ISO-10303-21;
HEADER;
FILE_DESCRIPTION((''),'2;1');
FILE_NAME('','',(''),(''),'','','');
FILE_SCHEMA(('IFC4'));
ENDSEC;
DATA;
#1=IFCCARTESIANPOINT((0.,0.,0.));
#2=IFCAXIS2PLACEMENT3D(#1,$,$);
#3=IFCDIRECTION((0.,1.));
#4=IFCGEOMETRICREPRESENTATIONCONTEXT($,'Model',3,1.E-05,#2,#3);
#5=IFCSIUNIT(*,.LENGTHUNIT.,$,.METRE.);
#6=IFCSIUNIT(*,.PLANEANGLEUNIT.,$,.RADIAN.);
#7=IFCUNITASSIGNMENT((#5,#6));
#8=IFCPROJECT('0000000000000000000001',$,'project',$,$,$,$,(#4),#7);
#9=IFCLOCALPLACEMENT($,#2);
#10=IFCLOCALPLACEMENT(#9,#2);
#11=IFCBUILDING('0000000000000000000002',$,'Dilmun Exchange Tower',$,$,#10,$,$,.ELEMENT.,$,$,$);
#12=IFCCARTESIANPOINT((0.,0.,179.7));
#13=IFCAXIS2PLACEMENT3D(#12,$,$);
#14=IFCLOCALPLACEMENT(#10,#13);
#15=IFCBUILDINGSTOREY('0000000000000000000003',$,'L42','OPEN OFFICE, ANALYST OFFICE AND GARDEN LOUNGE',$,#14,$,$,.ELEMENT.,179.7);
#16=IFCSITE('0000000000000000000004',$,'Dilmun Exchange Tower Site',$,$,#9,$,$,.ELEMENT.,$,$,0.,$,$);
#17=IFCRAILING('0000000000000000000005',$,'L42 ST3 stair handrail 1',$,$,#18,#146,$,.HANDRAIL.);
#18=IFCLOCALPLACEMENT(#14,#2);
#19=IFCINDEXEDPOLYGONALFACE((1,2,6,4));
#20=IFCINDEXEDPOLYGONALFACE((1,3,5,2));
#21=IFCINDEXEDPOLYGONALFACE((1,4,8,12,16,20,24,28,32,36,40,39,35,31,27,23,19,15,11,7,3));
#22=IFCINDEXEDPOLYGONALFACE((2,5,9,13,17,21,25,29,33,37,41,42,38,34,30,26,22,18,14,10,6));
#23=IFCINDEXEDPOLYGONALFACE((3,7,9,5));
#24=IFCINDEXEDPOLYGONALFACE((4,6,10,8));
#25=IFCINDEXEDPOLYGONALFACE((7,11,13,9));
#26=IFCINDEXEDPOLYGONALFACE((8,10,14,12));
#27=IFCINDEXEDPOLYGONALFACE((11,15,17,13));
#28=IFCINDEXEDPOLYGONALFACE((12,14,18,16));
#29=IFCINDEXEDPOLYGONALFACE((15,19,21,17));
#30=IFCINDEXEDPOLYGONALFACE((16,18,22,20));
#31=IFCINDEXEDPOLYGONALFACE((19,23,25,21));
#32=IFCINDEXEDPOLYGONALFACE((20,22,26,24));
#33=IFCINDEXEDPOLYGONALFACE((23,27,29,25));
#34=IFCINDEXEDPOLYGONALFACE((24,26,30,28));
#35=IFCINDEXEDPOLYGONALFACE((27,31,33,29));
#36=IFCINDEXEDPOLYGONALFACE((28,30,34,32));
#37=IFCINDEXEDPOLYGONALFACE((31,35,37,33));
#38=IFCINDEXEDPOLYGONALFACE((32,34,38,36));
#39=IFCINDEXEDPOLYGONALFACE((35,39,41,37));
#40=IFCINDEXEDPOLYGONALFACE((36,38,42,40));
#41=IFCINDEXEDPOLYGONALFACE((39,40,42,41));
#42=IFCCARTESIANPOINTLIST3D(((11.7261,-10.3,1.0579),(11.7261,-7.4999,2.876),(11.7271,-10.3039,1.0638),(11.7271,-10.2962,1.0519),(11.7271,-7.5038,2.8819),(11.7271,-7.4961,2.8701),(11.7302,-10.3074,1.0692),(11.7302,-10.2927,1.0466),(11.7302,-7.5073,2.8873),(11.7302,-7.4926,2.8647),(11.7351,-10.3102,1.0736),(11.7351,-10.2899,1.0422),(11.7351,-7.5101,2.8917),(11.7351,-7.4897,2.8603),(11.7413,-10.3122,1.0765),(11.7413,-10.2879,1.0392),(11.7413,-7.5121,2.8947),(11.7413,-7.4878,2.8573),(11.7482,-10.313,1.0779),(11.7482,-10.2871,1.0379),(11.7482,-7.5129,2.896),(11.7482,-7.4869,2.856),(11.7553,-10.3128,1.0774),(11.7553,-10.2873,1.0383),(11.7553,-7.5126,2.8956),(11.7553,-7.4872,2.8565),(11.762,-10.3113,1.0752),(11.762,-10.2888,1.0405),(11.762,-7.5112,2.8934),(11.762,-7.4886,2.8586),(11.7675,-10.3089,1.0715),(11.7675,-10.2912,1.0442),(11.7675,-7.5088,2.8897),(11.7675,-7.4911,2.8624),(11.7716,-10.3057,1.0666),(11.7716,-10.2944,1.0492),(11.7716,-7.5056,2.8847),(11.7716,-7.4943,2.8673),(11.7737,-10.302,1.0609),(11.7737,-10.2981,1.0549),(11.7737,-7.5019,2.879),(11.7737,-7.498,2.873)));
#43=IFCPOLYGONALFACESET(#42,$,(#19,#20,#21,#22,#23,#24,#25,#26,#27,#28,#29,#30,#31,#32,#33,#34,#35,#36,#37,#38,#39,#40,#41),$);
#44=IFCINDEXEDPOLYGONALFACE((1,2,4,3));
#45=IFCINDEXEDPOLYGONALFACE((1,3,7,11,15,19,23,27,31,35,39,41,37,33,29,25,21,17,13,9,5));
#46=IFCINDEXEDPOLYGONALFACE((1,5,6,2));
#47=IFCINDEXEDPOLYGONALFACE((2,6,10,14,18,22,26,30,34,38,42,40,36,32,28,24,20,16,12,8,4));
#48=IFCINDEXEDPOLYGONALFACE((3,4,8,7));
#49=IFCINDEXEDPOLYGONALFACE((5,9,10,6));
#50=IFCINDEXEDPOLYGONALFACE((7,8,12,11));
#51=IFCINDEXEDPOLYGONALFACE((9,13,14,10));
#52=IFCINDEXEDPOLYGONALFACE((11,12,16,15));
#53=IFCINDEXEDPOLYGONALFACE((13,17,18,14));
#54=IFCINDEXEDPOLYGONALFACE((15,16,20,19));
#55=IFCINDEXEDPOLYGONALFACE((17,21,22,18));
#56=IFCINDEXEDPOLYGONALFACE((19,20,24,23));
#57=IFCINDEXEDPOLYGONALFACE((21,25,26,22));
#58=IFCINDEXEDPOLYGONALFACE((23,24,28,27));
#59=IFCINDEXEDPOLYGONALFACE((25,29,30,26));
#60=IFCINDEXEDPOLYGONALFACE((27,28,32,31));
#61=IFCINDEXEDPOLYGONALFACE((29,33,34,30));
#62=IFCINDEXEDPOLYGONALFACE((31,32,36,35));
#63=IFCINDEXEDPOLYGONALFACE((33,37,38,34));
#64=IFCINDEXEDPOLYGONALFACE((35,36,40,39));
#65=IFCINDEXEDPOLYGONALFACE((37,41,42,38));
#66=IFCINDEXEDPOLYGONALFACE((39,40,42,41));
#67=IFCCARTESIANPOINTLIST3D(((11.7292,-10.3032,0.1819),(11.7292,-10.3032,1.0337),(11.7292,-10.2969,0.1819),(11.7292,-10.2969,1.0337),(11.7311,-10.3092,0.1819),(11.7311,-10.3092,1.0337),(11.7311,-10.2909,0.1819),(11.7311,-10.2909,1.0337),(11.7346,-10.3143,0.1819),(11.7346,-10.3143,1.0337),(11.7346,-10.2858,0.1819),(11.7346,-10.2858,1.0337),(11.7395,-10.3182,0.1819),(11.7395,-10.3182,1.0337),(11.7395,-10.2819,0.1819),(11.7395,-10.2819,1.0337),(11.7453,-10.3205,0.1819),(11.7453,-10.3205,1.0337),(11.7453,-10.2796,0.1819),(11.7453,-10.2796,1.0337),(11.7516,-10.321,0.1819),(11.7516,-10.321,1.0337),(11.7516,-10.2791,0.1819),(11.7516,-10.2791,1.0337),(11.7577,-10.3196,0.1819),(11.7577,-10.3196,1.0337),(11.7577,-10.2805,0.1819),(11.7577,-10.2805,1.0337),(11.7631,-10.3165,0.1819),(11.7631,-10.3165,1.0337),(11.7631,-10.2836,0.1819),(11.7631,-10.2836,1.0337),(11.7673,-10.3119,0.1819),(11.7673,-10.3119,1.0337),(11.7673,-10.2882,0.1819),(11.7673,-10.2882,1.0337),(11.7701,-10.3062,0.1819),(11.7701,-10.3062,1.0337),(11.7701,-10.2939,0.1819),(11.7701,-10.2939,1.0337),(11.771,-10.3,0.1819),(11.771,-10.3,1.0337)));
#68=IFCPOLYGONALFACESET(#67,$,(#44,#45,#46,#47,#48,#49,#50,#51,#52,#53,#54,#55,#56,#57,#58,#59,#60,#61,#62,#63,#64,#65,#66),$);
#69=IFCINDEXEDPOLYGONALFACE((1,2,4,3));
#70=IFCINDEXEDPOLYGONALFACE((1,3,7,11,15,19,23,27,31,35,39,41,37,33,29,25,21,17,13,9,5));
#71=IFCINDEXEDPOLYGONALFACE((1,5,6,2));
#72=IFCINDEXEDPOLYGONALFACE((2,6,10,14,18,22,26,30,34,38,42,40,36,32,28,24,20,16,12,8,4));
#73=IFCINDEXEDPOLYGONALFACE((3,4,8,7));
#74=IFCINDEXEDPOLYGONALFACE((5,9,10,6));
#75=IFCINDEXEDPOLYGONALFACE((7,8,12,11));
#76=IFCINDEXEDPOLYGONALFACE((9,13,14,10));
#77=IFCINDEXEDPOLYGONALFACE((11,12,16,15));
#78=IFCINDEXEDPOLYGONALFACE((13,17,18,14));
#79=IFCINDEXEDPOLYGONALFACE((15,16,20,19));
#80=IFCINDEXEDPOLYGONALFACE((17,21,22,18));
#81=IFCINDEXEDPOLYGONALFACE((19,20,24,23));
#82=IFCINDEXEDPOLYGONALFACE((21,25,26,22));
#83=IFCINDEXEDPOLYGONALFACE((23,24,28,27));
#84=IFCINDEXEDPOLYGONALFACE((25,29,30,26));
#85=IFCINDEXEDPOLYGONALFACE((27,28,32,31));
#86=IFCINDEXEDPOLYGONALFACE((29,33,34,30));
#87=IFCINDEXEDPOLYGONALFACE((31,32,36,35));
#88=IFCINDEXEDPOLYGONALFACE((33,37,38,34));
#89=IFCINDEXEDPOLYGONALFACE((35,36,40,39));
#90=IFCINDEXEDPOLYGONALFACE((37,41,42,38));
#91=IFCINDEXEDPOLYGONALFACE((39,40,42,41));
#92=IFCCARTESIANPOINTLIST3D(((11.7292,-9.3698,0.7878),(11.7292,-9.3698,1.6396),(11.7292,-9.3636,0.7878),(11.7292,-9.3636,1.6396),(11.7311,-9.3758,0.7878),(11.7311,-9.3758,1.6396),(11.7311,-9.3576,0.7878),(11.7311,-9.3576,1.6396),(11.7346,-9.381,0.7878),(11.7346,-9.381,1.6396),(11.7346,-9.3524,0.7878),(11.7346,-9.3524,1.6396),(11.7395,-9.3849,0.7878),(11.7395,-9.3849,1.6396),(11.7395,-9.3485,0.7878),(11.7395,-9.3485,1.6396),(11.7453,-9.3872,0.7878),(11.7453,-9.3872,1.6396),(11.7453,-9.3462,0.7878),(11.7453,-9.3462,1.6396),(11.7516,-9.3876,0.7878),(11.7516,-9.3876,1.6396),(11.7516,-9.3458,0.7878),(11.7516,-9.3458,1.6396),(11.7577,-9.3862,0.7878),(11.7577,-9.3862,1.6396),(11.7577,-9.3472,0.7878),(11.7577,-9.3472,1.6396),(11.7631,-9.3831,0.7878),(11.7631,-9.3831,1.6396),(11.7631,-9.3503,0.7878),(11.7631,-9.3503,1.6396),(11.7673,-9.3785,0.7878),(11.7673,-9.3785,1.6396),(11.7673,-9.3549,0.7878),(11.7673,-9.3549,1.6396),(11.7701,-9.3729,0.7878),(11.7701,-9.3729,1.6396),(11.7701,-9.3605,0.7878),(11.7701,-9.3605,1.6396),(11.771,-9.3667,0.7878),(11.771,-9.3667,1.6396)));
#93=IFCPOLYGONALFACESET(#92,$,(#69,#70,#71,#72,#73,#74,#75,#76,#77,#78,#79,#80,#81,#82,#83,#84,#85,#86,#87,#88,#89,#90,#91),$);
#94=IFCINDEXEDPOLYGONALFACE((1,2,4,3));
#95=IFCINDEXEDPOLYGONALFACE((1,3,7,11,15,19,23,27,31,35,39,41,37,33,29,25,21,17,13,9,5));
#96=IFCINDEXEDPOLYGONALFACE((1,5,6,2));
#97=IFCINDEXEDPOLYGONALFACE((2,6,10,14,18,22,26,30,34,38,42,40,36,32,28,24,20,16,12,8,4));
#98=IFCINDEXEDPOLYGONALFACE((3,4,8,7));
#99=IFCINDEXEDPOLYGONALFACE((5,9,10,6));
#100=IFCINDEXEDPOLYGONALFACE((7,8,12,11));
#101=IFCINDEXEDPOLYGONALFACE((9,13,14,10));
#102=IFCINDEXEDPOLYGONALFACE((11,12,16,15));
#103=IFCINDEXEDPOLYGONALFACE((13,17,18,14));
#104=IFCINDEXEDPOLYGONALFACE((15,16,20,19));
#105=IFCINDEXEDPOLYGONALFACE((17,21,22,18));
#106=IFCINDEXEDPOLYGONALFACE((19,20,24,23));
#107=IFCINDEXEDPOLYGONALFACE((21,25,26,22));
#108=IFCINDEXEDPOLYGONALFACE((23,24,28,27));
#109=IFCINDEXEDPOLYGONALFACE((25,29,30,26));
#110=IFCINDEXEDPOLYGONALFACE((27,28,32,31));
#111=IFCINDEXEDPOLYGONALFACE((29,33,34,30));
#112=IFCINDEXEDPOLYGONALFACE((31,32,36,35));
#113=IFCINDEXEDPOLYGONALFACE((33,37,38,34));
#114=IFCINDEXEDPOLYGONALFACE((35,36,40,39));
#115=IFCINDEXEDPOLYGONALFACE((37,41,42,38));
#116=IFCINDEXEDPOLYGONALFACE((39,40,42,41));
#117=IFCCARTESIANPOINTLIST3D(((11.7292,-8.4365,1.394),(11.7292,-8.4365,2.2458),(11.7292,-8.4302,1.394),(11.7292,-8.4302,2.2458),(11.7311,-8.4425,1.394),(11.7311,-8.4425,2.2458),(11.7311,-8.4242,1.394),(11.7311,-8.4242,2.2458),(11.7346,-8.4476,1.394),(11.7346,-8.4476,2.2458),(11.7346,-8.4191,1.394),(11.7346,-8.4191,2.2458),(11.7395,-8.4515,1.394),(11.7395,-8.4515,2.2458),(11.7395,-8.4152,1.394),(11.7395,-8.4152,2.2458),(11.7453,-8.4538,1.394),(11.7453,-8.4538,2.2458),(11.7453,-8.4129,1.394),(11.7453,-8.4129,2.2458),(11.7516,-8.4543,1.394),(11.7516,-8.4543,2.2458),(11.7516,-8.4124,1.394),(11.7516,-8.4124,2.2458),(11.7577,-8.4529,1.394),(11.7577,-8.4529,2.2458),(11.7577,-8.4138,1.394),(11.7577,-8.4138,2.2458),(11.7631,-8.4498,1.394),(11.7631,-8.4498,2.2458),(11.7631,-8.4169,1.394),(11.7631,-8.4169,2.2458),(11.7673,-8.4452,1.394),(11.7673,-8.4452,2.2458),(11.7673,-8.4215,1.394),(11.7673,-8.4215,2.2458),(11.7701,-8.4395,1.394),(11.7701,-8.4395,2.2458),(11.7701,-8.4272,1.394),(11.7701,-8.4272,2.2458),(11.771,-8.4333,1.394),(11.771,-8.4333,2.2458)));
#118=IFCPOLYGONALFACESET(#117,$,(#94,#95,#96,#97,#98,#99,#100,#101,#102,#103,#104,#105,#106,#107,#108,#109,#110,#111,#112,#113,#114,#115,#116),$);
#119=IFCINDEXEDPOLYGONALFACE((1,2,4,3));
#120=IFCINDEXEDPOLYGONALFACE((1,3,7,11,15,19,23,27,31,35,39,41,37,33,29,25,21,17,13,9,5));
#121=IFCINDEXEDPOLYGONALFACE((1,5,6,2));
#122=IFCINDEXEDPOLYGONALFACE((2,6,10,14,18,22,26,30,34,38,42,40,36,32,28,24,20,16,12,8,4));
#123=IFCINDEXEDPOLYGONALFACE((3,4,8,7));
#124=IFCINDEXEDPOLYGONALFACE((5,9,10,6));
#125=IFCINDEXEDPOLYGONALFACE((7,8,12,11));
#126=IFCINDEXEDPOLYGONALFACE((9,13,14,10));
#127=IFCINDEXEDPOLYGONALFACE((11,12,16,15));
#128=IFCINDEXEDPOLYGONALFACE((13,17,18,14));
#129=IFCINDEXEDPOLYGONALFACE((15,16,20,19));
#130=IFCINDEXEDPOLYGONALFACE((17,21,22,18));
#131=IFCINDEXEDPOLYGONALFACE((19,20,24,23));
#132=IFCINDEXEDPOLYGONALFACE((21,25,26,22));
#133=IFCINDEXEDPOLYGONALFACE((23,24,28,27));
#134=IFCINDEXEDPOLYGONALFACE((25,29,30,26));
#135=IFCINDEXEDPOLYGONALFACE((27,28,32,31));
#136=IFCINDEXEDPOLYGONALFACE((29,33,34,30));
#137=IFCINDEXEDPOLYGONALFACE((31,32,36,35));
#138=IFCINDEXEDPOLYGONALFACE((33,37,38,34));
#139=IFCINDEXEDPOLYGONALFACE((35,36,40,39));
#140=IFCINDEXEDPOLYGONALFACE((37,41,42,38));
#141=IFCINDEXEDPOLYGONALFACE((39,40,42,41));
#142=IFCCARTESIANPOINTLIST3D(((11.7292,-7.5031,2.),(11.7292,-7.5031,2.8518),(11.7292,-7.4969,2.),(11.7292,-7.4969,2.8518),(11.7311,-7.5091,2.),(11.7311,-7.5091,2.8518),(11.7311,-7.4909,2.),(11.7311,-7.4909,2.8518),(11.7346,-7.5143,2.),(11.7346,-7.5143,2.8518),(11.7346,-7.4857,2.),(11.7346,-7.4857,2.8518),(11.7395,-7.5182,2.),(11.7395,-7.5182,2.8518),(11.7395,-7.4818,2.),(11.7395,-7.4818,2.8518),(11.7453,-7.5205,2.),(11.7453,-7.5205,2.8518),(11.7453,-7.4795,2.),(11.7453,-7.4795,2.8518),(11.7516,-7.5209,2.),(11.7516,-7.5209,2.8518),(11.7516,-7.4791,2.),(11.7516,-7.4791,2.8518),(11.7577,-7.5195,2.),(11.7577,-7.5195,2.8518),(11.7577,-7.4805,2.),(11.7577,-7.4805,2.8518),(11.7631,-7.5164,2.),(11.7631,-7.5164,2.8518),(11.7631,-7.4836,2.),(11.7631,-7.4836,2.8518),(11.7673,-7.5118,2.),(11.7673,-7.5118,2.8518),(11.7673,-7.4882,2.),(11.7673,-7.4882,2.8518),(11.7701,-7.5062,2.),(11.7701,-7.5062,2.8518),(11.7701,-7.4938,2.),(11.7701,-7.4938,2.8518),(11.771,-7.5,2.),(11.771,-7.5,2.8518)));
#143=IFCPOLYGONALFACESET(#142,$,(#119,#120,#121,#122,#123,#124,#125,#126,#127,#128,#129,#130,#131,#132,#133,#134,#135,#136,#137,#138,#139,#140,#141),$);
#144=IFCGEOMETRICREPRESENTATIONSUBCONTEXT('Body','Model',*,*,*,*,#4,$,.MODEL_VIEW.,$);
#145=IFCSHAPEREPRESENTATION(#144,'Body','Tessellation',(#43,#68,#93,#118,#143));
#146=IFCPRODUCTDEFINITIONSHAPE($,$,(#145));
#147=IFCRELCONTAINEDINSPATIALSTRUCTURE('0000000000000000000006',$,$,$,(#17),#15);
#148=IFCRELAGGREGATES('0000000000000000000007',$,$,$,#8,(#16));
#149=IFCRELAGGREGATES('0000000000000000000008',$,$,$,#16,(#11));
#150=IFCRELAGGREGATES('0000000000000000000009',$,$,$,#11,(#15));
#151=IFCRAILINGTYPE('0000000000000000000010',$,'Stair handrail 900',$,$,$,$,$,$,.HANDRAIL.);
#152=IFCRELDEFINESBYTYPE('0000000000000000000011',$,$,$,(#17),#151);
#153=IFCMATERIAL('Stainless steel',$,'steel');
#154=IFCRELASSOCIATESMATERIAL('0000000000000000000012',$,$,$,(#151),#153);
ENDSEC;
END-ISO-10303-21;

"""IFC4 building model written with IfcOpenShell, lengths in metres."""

from ifc_helpers import new_model, si_unit, direction, frame, origin, origin_2d, place, context, subcontext, project, spatial, circle, extrude, material, type_object, element, save


model = new_model("IFC4")

# Units and contexts
model_context = context("Model", 3, precision=1e-05, world=origin(), true_north=direction((0.0, 1.0)))
body_context = subcontext(model_context, "Body", "Model", "MODEL_VIEW")
ifc_project = project(units=[si_unit("LENGTHUNIT", "METRE"), si_unit("PLANEANGLEUNIT", "RADIAN")], contexts=[model_context])

# Site, building, storey
site_placement = place(None, origin())
site = spatial("IfcSite", under=ifc_project, at=site_placement, Name="Dilmun Exchange Tower Site", CompositionType="ELEMENT", RefElevation=0.0)
building_placement = place(site_placement, origin())
building = spatial("IfcBuilding", under=site, at=building_placement, Name="Dilmun Exchange Tower", CompositionType="ELEMENT")
storey_placement = place(building_placement, frame((0.0, 0.0, 179.7)))
storey = spatial("IfcBuildingStorey", under=building, at=storey_placement, Name="L42", Description="OPEN OFFICE, ANALYST OFFICE AND GARDEN LOUNGE", CompositionType="ELEMENT", Elevation=179.7)

# Railing
ifc_material_1 = material(Name="Stainless steel", Category="steel")
railing_type = type_object("IfcRailingType", Name="Stair handrail 900", PredefinedType="HANDRAIL", material=ifc_material_1)
railing_placement = place(storey_placement, frame((11.75, -10.3, 0.1819)))
element("IfcRailing", 1, at=railing_placement, inside=storey, type_object=railing_type, Name="L42 ST3 stair handrail 1", PredefinedType="HANDRAIL", context=body_context, shape_type="SweptSolid", body=[
    extrude(circle(Radius=0.0239, at=origin_2d()), frame((0.0, 0.0, 0.876), z_axis=(0.0, 0.838706, 0.544585), x_axis=(-1.0, 0.0, 0.0)), (0.0, 0.0, 1.0), 3.3386),
    extrude(circle(Radius=0.021, at=origin_2d()), origin(), (0.0, 0.0, 1.0), 0.8518),
    extrude(circle(Radius=0.021, at=origin_2d()), frame((0.0, 0.9333, 0.606)), (0.0, 0.0, 1.0), 0.8518),
    extrude(circle(Radius=0.021, at=origin_2d()), frame((0.0, 1.8667, 1.2122)), (0.0, 0.0, 1.0), 0.8518),
    extrude(circle(Radius=0.021, at=origin_2d()), frame((0.0, 2.8, 1.8181)), (0.0, 0.0, 1.0), 0.8518),
])

save(model, "model.ifc")
